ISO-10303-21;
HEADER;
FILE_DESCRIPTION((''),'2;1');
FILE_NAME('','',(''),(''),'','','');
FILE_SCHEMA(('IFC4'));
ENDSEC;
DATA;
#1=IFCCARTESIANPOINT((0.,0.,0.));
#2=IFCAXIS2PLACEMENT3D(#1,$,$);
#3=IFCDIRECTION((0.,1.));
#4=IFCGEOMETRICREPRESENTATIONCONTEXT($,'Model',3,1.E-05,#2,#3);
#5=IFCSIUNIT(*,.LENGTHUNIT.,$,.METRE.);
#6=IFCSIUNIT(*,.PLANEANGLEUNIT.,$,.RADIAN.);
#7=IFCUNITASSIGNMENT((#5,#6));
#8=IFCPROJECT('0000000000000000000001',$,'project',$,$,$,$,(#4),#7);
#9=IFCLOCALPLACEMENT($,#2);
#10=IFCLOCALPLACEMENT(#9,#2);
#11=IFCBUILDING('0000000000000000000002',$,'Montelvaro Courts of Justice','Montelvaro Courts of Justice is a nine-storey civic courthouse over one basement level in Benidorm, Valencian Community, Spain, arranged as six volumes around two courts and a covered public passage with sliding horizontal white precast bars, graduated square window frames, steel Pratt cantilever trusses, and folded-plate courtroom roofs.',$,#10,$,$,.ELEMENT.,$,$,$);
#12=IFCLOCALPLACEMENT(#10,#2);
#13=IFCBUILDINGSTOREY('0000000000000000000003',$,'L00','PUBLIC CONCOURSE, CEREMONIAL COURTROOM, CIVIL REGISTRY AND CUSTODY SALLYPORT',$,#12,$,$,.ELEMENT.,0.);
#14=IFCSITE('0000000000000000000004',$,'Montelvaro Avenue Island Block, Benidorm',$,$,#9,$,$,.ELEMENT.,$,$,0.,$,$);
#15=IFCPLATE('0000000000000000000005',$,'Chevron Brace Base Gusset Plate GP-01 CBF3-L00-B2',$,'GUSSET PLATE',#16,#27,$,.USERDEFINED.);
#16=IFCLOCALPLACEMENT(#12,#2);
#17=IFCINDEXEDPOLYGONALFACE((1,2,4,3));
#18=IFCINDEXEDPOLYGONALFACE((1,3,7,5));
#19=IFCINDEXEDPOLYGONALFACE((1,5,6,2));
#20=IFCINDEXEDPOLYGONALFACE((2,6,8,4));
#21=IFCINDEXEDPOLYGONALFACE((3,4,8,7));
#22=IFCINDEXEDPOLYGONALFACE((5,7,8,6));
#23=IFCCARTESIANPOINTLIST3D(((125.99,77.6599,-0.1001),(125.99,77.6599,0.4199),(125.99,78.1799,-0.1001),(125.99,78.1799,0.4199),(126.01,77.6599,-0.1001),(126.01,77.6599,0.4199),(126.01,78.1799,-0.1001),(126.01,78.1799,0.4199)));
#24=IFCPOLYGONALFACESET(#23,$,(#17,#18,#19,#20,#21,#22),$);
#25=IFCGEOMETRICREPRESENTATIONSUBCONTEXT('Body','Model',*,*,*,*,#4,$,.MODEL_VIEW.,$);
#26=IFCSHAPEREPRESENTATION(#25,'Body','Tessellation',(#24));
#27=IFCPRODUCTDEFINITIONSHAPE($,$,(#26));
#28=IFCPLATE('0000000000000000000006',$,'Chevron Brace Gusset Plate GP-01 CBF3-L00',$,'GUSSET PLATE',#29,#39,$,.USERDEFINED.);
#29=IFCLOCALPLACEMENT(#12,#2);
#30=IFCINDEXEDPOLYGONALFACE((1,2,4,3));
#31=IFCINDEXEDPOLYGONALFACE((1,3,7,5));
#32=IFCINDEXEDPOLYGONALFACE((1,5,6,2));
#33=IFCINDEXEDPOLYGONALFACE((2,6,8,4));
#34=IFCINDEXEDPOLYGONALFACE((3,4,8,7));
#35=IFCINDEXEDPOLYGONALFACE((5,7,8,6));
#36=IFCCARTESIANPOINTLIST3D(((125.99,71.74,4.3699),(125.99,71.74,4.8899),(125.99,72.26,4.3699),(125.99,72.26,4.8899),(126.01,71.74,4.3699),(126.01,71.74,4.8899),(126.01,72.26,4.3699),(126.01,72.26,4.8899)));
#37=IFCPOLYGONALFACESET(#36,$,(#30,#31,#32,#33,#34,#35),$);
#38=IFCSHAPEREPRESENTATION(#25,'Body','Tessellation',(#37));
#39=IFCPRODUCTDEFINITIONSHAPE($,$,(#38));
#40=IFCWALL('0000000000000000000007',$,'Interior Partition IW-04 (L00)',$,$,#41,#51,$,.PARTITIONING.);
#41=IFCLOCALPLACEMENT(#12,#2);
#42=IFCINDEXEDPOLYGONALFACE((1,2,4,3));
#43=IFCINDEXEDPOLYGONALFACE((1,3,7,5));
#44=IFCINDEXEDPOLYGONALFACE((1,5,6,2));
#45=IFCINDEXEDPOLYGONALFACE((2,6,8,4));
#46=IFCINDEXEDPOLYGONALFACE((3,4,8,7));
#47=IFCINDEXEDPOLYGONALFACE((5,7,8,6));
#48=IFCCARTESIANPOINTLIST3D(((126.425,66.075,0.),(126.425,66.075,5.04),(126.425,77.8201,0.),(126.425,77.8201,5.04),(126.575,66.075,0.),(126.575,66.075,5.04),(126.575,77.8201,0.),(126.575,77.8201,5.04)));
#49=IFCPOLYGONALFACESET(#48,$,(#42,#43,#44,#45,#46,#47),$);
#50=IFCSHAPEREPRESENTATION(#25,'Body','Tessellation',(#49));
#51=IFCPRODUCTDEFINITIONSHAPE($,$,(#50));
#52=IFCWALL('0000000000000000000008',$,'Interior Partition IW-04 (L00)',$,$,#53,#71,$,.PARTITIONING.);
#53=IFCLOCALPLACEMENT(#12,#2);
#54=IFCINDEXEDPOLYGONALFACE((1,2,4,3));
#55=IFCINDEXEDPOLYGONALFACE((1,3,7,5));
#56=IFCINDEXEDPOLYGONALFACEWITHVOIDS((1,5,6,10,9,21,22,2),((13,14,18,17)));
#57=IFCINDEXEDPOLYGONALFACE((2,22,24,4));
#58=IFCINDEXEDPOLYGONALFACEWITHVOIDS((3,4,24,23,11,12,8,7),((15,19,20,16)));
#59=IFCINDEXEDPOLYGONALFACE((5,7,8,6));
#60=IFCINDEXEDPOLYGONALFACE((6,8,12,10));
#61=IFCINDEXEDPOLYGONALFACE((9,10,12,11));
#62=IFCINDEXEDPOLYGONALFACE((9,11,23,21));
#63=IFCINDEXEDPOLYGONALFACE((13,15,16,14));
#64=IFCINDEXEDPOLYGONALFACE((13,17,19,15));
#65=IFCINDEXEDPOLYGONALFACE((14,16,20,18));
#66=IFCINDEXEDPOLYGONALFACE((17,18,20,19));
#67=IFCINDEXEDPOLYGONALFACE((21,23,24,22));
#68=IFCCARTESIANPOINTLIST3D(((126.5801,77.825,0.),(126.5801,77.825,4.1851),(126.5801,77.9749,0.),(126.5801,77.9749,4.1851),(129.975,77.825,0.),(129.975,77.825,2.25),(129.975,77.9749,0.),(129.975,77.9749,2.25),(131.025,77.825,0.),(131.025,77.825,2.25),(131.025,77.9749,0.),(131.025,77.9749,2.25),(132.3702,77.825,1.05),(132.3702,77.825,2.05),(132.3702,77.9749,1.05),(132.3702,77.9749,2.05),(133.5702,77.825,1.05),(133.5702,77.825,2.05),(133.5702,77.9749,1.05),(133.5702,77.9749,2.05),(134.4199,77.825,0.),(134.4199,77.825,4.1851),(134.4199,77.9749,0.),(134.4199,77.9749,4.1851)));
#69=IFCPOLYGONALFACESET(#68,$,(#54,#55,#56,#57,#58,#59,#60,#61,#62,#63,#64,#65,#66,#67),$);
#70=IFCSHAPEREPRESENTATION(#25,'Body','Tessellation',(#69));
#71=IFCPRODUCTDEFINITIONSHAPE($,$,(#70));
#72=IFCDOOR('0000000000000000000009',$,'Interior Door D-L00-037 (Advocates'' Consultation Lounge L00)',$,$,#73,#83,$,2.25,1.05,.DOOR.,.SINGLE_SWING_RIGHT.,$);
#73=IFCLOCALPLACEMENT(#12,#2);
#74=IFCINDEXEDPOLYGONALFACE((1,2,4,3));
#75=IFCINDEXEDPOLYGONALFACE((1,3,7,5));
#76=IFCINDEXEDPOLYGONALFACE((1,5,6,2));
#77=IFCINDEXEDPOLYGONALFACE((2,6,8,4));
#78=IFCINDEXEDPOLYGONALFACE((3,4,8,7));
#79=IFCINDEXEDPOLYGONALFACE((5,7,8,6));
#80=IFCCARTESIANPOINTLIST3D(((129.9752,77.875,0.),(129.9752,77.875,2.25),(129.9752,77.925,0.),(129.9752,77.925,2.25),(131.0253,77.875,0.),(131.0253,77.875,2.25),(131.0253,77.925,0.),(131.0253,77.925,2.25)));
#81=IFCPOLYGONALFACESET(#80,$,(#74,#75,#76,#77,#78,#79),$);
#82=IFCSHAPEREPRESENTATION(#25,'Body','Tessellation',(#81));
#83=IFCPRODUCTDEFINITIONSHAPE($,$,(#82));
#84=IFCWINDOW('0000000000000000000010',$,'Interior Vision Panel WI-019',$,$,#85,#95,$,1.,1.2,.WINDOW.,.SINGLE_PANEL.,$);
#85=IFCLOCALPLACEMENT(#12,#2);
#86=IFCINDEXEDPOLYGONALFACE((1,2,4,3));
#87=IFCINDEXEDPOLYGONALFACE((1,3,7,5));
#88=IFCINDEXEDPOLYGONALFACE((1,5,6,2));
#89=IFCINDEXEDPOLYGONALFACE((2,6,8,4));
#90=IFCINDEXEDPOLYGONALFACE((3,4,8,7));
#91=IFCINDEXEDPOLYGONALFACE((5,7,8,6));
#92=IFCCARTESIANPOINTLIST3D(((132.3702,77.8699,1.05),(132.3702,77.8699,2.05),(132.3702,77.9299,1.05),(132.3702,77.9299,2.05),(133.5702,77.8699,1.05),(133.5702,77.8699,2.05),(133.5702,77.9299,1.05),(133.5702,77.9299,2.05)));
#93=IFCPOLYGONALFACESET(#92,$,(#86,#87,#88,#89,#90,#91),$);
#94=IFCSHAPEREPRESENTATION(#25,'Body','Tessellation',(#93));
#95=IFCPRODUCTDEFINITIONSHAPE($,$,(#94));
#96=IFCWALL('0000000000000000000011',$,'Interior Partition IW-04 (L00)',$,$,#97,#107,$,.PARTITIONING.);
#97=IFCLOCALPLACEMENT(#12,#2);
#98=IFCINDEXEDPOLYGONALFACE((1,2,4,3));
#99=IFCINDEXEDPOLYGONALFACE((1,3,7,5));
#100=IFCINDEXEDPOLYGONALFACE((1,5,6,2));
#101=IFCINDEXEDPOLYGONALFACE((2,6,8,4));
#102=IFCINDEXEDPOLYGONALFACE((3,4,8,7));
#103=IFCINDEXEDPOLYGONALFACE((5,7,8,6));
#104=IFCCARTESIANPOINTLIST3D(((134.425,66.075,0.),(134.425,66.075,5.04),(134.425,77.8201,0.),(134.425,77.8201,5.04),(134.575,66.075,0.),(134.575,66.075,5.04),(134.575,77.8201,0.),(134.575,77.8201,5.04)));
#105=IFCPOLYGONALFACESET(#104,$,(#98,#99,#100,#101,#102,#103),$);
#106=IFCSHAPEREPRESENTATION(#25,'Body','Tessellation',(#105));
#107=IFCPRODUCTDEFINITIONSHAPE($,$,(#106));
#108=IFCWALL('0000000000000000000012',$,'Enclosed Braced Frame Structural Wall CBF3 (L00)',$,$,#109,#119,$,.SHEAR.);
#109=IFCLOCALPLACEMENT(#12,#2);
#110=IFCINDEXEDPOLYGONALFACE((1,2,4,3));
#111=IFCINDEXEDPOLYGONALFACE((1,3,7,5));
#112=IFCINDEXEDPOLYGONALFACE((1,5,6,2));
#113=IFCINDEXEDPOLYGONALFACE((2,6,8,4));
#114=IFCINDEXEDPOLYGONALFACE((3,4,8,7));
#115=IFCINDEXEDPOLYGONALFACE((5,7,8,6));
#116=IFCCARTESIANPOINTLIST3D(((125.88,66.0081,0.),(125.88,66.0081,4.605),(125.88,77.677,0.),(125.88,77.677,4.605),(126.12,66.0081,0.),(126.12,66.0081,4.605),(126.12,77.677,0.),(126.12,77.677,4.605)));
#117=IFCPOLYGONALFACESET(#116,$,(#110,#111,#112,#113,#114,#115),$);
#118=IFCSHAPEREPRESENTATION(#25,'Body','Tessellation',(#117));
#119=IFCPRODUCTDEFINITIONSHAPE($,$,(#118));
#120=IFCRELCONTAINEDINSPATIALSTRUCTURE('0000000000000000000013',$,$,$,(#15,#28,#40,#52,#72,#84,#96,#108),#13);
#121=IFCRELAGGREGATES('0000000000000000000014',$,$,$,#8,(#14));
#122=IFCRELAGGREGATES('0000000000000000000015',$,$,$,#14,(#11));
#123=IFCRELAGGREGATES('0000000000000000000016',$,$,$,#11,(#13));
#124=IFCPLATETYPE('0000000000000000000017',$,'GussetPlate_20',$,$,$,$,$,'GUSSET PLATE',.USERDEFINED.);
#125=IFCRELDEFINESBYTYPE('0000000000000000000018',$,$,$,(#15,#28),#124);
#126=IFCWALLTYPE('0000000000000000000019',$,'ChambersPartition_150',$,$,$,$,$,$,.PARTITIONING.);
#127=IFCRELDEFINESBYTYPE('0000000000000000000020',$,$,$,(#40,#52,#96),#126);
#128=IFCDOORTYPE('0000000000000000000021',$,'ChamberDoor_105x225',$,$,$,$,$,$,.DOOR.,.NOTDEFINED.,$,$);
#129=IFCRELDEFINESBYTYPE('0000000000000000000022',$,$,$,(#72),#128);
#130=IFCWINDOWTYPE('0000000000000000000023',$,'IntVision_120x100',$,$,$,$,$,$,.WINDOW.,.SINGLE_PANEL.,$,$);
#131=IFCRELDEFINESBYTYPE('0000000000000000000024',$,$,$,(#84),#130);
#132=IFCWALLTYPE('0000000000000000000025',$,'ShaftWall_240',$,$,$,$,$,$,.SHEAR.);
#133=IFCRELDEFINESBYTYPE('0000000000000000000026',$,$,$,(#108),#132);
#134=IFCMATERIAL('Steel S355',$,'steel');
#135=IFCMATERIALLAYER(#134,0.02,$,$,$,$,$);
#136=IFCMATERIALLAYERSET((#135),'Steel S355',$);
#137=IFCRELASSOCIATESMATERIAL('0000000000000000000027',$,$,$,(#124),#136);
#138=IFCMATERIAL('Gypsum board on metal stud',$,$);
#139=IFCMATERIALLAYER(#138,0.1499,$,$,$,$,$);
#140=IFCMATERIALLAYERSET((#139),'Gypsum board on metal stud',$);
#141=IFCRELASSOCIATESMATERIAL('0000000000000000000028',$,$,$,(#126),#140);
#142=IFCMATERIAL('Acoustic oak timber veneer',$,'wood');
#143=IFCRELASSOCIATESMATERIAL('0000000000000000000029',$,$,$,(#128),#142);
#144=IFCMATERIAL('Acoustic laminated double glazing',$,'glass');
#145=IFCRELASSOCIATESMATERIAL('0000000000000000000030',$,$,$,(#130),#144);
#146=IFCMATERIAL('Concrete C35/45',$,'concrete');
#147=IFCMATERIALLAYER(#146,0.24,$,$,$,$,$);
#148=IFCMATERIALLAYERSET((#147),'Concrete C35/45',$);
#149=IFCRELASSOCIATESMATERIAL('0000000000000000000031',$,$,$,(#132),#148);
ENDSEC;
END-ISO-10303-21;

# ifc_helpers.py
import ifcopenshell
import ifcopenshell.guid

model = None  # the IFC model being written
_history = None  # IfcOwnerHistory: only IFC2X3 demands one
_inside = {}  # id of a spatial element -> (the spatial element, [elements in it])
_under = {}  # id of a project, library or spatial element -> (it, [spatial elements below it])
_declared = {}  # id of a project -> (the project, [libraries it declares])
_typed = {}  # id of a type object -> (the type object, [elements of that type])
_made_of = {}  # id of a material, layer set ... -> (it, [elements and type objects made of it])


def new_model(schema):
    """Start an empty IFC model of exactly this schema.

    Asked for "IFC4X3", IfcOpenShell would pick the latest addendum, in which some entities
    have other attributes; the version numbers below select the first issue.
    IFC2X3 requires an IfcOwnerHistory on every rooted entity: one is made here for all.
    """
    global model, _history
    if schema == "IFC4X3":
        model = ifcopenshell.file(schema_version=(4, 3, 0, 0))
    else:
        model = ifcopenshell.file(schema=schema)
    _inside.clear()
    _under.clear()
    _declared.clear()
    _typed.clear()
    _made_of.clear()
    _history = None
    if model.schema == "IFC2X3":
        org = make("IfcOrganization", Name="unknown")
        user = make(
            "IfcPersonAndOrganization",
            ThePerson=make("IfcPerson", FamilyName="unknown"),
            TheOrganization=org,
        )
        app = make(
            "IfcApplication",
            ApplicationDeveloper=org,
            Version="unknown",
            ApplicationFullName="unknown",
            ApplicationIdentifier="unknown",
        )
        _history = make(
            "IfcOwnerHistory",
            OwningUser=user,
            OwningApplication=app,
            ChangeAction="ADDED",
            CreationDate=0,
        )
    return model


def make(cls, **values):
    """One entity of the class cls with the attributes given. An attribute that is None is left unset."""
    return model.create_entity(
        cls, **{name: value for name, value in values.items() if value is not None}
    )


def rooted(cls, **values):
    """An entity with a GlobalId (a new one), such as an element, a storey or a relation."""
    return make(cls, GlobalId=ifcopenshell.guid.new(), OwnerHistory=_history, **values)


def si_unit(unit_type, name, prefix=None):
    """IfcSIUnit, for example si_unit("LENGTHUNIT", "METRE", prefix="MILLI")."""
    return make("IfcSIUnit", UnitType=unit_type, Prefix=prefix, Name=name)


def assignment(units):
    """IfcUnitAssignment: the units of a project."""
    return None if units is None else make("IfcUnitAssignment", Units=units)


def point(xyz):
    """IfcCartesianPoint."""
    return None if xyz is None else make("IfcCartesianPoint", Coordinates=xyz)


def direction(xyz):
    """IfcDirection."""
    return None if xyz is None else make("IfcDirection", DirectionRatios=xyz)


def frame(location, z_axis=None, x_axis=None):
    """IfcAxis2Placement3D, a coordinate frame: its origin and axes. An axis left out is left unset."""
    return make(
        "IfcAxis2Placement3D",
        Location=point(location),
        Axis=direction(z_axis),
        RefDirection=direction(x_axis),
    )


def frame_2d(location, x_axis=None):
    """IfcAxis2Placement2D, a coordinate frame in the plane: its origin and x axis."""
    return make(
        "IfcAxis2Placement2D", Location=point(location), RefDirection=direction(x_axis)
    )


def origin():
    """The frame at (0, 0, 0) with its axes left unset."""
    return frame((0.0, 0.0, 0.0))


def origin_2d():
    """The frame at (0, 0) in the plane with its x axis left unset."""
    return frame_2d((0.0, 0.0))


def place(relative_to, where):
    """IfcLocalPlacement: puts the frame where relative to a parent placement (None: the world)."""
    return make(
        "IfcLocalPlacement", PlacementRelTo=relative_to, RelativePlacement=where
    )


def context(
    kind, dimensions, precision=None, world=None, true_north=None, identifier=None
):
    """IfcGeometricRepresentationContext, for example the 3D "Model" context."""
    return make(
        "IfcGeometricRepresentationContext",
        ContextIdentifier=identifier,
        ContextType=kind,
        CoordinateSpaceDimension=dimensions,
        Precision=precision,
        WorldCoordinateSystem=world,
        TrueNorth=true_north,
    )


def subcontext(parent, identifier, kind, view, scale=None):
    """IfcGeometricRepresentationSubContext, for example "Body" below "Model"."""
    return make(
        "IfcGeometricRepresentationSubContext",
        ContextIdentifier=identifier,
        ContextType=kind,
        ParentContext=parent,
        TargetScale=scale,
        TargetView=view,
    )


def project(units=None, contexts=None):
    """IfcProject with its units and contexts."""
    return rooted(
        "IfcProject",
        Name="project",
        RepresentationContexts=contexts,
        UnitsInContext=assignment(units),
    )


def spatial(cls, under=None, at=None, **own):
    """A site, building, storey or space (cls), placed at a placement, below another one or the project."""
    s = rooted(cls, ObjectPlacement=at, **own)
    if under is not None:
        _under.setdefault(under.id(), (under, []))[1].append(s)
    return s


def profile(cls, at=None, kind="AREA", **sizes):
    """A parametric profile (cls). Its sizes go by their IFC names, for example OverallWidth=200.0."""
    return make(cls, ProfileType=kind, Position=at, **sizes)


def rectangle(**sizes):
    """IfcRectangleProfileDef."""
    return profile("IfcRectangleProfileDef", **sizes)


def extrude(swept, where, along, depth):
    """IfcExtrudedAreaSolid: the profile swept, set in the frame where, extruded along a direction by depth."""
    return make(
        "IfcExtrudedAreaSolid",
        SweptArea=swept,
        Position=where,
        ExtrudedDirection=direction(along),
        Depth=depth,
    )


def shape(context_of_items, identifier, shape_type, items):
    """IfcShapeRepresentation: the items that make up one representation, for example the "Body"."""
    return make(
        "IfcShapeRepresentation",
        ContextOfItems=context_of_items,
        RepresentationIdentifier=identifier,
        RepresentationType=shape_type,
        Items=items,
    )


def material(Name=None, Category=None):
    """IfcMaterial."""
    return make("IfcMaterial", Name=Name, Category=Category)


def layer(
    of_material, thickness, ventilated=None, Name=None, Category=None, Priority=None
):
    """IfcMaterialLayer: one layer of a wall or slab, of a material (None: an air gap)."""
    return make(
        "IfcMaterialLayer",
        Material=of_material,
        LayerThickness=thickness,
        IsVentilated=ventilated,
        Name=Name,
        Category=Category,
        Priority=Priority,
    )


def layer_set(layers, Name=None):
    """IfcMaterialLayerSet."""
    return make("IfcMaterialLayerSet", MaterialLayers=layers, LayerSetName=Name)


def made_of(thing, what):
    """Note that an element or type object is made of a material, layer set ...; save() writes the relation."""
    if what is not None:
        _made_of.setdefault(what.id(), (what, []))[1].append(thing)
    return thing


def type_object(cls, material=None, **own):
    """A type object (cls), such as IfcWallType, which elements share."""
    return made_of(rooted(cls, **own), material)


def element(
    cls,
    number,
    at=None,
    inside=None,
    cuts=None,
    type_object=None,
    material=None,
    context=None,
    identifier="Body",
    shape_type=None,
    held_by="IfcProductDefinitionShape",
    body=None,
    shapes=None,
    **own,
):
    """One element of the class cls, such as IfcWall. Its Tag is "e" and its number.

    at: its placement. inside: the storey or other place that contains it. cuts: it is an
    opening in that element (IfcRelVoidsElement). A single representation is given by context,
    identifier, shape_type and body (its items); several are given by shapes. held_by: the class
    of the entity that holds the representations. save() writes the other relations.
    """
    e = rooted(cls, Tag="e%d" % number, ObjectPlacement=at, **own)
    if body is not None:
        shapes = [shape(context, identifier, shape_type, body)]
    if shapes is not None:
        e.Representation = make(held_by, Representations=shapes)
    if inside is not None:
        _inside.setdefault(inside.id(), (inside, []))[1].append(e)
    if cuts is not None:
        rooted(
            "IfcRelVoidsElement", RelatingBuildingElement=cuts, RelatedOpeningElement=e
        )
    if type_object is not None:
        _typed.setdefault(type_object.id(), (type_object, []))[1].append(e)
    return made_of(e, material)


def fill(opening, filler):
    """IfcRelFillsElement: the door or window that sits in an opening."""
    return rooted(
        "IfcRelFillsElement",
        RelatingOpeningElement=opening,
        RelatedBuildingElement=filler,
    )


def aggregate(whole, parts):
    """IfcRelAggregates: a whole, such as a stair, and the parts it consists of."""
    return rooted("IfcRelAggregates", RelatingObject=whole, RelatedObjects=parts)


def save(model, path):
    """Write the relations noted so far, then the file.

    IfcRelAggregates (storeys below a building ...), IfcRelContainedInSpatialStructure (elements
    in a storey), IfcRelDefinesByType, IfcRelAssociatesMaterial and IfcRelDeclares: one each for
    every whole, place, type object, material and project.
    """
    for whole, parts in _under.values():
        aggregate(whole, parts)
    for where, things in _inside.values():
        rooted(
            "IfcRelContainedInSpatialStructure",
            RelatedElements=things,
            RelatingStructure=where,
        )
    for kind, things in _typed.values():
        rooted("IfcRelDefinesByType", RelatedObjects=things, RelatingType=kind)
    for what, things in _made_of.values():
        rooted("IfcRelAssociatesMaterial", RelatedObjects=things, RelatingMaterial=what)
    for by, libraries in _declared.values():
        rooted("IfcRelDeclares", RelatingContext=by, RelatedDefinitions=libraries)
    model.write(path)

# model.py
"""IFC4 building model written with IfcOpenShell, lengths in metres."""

from ifc_helpers import new_model, si_unit, direction, frame, frame_2d, origin, origin_2d, place, context, subcontext, project, spatial, rectangle, extrude, material, layer, layer_set, type_object, element, fill, save


model = new_model("IFC4")

# Units and contexts
model_context = context("Model", 3, precision=1e-05, world=origin(), true_north=direction((0.0, 1.0)))
body_context = subcontext(model_context, "Body", "Model", "MODEL_VIEW")
ifc_project = project(units=[si_unit("LENGTHUNIT", "METRE"), si_unit("PLANEANGLEUNIT", "RADIAN")], contexts=[model_context])

# Site, building, storey
site_placement = place(None, origin())
site = spatial("IfcSite", under=ifc_project, at=site_placement, Name="Montelvaro Avenue Island Block, Benidorm", CompositionType="ELEMENT", RefElevation=0.0)
building_placement = place(site_placement, origin())
building = spatial("IfcBuilding", under=site, at=building_placement, Name="Montelvaro Courts of Justice", Description="Montelvaro Courts of Justice is a nine-storey civic courthouse over one basement level in Benidorm, Valencian Community, Spain, arranged as six volumes around two courts and a covered public passage with sliding horizontal white precast bars, graduated square window frames, steel Pratt cantilever trusses, and folded-plate courtroom roofs.", CompositionType="ELEMENT")
storey_placement = place(building_placement, origin())
storey = spatial("IfcBuildingStorey", under=building, at=storey_placement, Name="L00", Description="PUBLIC CONCOURSE, CEREMONIAL COURTROOM, CIVIL REGISTRY AND CUSTODY SALLYPORT", CompositionType="ELEMENT", Elevation=0.0)

# Shared definitions
ifc_material_1 = material(Name="Steel S355", Category="steel")

# Plates
ifc_layer_1 = layer(ifc_material_1, 0.02)
ifc_layer_set_1 = layer_set([ifc_layer_1], Name="Steel S355")
plate_type_1 = type_object("IfcPlateType", Name="GussetPlate_20", ElementType="GUSSET PLATE", PredefinedType="USERDEFINED", material=ifc_layer_set_1)
for number, where, z_axis, x_axis, name in (
    (1, (126.0, 77.9199, -0.1001), (0.0, 0.0, 1.0), (1.0, 0.0, 0.0), "Chevron Brace Base Gusset Plate GP-01 CBF3-L00-B2"),
    (2, (126.0, 72.0, 4.3699), (0.0, 0.0, 1.0), (1.0, 0.0, 0.0), "Chevron Brace Gusset Plate GP-01 CBF3-L00"),
):
    element("IfcPlate", number, at=place(storey_placement, frame(where, z_axis=z_axis, x_axis=x_axis)), inside=storey, type_object=plate_type_1, Name=name, ObjectType="GUSSET PLATE", PredefinedType="USERDEFINED", context=body_context, shape_type="SweptSolid", body=[
        extrude(rectangle(XDim=0.02, YDim=0.52, at=origin_2d()), origin(), (0.0, 0.0, 1.0), 0.52),
    ])

# Wall
ifc_material_2 = material(Name="Gypsum board on metal stud")
ifc_layer_2 = layer(ifc_material_2, 0.1499)
ifc_layer_set_2 = layer_set([ifc_layer_2], Name="Gypsum board on metal stud")
wall_type_1 = type_object("IfcWallType", Name="ChambersPartition_150", PredefinedType="PARTITIONING", material=ifc_layer_set_2)
wall_1_placement = place(storey_placement, frame((126.5, 66.075, 0.0), z_axis=(0.0, 0.0, 1.0), x_axis=(0.0, 1.0, 0.0)))
element("IfcWall", 3, at=wall_1_placement, inside=storey, type_object=wall_type_1, Name="Interior Partition IW-04 (L00)", PredefinedType="PARTITIONING", context=body_context, shape_type="SweptSolid", body=[
    extrude(rectangle(XDim=11.7451, YDim=0.1499, at=frame_2d((5.8726, 0.0))), origin(), (0.0, 0.0, 1.0), 5.04),
])

# Wall, openings, door, window
wall_2_placement = place(storey_placement, frame((126.5801, 77.8999, 0.0), z_axis=(0.0, 0.0, 1.0), x_axis=(1.0, 0.0, 0.0)))
wall_2 = element("IfcWall", 4, at=wall_2_placement, inside=storey, type_object=wall_type_1, Name="Interior Partition IW-04 (L00)", PredefinedType="PARTITIONING", context=body_context, shape_type="SweptSolid", body=[
    extrude(rectangle(XDim=7.8398, YDim=0.1499, at=frame_2d((3.9199, 0.0))), origin(), (0.0, 0.0, 1.0), 4.1851),
])
opening_1_placement = place(wall_2_placement, frame((3.395, 0.0, 0.0)))
opening_1 = element("IfcOpeningElement", 5, at=opening_1_placement, cuts=wall_2, PredefinedType="OPENING", context=body_context, shape_type="SweptSolid", body=[
    extrude(rectangle(XDim=1.05, YDim=2.25, at=frame_2d((0.5249, 1.125))), frame((0.0, 0.0898, 0.0), z_axis=(0.0, -1.0, 0.0), x_axis=(1.0, 0.0, 0.0)), (0.0, 0.0, 1.0), 0.1797),
])
opening_2_placement = place(wall_2_placement, frame((5.79, 0.0, 1.05)))
opening_2 = element("IfcOpeningElement", 6, at=opening_2_placement, cuts=wall_2, PredefinedType="OPENING", context=body_context, shape_type="SweptSolid", body=[
    extrude(rectangle(XDim=1.2, YDim=1.0, at=frame_2d((0.6001, 0.5))), frame((0.0, 0.0898, 0.0), z_axis=(0.0, -1.0, 0.0), x_axis=(1.0, 0.0, 0.0)), (0.0, 0.0, 1.0), 0.1797),
])
ifc_material_3 = material(Name="Acoustic oak timber veneer", Category="wood")
door_type = type_object("IfcDoorType", Name="ChamberDoor_105x225", OperationType="NOTDEFINED", PredefinedType="DOOR", material=ifc_material_3)
door_placement = place(opening_1_placement, frame((1.05, 0.0, 0.0), z_axis=(0.0, 0.0, 1.0), x_axis=(-1.0, 0.0, 0.0)))
door = element("IfcDoor", 7, at=door_placement, inside=storey, type_object=door_type, Name="Interior Door D-L00-037 (Advocates' Consultation Lounge L00)", OperationType="SINGLE_SWING_RIGHT", OverallHeight=2.25, OverallWidth=1.05, PredefinedType="DOOR", context=body_context, shape_type="SweptSolid", body=[
    extrude(rectangle(XDim=1.05, YDim=2.25, at=frame_2d((0.5249, 1.125))), frame((0.0, 0.0249, 0.0), z_axis=(0.0, -1.0, 0.0), x_axis=(1.0, 0.0, 0.0)), (0.0, 0.0, 1.0), 0.05),
])
fill(opening_1, door)
ifc_material_4 = material(Name="Acoustic laminated double glazing", Category="glass")
window_type = type_object("IfcWindowType", Name="IntVision_120x100", PartitioningType="SINGLE_PANEL", PredefinedType="WINDOW", material=ifc_material_4)
window_placement = place(opening_2_placement, origin())
window = element("IfcWindow", 8, at=window_placement, inside=storey, type_object=window_type, Name="Interior Vision Panel WI-019", OverallHeight=1.0, OverallWidth=1.2, PartitioningType="SINGLE_PANEL", PredefinedType="WINDOW", context=body_context, shape_type="SweptSolid", body=[
    extrude(rectangle(XDim=1.2, YDim=1.0, at=frame_2d((0.6001, 0.5))), frame((0.0, 0.03, 0.0), z_axis=(0.0, -1.0, 0.0), x_axis=(1.0, 0.0, 0.0)), (0.0, 0.0, 1.0), 0.0601),
])
fill(opening_2, window)

# Walls
wall_3_placement = place(storey_placement, frame((134.5, 77.8201, 0.0), z_axis=(0.0, 0.0, 1.0), x_axis=(0.0, -1.0, 0.0)))
element("IfcWall", 9, at=wall_3_placement, inside=storey, type_object=wall_type_1, Name="Interior Partition IW-04 (L00)", PredefinedType="PARTITIONING", context=body_context, shape_type="SweptSolid", body=[
    extrude(rectangle(XDim=11.7451, YDim=0.1499, at=frame_2d((5.8726, 0.0))), origin(), (0.0, 0.0, 1.0), 5.04),
])
ifc_material_5 = material(Name="Concrete C35/45", Category="concrete")
ifc_layer_3 = layer(ifc_material_5, 0.24)
ifc_layer_set_3 = layer_set([ifc_layer_3], Name="Concrete C35/45")
wall_type_2 = type_object("IfcWallType", Name="ShaftWall_240", PredefinedType="SHEAR", material=ifc_layer_set_3)
wall_4_placement = place(storey_placement, frame((126.0, 66.0081, 0.0), z_axis=(0.0, 0.0, 1.0), x_axis=(0.0, 1.0, 0.0)))
element("IfcWall", 10, at=wall_4_placement, inside=storey, type_object=wall_type_2, Name="Enclosed Braced Frame Structural Wall CBF3 (L00)", PredefinedType="SHEAR", context=body_context, shape_type="SweptSolid", body=[
    extrude(rectangle(XDim=11.6689, YDim=0.24, at=frame_2d((5.8345, 0.0))), origin(), (0.0, 0.0, 1.0), 4.605),
])

save(model, "model.ifc")
